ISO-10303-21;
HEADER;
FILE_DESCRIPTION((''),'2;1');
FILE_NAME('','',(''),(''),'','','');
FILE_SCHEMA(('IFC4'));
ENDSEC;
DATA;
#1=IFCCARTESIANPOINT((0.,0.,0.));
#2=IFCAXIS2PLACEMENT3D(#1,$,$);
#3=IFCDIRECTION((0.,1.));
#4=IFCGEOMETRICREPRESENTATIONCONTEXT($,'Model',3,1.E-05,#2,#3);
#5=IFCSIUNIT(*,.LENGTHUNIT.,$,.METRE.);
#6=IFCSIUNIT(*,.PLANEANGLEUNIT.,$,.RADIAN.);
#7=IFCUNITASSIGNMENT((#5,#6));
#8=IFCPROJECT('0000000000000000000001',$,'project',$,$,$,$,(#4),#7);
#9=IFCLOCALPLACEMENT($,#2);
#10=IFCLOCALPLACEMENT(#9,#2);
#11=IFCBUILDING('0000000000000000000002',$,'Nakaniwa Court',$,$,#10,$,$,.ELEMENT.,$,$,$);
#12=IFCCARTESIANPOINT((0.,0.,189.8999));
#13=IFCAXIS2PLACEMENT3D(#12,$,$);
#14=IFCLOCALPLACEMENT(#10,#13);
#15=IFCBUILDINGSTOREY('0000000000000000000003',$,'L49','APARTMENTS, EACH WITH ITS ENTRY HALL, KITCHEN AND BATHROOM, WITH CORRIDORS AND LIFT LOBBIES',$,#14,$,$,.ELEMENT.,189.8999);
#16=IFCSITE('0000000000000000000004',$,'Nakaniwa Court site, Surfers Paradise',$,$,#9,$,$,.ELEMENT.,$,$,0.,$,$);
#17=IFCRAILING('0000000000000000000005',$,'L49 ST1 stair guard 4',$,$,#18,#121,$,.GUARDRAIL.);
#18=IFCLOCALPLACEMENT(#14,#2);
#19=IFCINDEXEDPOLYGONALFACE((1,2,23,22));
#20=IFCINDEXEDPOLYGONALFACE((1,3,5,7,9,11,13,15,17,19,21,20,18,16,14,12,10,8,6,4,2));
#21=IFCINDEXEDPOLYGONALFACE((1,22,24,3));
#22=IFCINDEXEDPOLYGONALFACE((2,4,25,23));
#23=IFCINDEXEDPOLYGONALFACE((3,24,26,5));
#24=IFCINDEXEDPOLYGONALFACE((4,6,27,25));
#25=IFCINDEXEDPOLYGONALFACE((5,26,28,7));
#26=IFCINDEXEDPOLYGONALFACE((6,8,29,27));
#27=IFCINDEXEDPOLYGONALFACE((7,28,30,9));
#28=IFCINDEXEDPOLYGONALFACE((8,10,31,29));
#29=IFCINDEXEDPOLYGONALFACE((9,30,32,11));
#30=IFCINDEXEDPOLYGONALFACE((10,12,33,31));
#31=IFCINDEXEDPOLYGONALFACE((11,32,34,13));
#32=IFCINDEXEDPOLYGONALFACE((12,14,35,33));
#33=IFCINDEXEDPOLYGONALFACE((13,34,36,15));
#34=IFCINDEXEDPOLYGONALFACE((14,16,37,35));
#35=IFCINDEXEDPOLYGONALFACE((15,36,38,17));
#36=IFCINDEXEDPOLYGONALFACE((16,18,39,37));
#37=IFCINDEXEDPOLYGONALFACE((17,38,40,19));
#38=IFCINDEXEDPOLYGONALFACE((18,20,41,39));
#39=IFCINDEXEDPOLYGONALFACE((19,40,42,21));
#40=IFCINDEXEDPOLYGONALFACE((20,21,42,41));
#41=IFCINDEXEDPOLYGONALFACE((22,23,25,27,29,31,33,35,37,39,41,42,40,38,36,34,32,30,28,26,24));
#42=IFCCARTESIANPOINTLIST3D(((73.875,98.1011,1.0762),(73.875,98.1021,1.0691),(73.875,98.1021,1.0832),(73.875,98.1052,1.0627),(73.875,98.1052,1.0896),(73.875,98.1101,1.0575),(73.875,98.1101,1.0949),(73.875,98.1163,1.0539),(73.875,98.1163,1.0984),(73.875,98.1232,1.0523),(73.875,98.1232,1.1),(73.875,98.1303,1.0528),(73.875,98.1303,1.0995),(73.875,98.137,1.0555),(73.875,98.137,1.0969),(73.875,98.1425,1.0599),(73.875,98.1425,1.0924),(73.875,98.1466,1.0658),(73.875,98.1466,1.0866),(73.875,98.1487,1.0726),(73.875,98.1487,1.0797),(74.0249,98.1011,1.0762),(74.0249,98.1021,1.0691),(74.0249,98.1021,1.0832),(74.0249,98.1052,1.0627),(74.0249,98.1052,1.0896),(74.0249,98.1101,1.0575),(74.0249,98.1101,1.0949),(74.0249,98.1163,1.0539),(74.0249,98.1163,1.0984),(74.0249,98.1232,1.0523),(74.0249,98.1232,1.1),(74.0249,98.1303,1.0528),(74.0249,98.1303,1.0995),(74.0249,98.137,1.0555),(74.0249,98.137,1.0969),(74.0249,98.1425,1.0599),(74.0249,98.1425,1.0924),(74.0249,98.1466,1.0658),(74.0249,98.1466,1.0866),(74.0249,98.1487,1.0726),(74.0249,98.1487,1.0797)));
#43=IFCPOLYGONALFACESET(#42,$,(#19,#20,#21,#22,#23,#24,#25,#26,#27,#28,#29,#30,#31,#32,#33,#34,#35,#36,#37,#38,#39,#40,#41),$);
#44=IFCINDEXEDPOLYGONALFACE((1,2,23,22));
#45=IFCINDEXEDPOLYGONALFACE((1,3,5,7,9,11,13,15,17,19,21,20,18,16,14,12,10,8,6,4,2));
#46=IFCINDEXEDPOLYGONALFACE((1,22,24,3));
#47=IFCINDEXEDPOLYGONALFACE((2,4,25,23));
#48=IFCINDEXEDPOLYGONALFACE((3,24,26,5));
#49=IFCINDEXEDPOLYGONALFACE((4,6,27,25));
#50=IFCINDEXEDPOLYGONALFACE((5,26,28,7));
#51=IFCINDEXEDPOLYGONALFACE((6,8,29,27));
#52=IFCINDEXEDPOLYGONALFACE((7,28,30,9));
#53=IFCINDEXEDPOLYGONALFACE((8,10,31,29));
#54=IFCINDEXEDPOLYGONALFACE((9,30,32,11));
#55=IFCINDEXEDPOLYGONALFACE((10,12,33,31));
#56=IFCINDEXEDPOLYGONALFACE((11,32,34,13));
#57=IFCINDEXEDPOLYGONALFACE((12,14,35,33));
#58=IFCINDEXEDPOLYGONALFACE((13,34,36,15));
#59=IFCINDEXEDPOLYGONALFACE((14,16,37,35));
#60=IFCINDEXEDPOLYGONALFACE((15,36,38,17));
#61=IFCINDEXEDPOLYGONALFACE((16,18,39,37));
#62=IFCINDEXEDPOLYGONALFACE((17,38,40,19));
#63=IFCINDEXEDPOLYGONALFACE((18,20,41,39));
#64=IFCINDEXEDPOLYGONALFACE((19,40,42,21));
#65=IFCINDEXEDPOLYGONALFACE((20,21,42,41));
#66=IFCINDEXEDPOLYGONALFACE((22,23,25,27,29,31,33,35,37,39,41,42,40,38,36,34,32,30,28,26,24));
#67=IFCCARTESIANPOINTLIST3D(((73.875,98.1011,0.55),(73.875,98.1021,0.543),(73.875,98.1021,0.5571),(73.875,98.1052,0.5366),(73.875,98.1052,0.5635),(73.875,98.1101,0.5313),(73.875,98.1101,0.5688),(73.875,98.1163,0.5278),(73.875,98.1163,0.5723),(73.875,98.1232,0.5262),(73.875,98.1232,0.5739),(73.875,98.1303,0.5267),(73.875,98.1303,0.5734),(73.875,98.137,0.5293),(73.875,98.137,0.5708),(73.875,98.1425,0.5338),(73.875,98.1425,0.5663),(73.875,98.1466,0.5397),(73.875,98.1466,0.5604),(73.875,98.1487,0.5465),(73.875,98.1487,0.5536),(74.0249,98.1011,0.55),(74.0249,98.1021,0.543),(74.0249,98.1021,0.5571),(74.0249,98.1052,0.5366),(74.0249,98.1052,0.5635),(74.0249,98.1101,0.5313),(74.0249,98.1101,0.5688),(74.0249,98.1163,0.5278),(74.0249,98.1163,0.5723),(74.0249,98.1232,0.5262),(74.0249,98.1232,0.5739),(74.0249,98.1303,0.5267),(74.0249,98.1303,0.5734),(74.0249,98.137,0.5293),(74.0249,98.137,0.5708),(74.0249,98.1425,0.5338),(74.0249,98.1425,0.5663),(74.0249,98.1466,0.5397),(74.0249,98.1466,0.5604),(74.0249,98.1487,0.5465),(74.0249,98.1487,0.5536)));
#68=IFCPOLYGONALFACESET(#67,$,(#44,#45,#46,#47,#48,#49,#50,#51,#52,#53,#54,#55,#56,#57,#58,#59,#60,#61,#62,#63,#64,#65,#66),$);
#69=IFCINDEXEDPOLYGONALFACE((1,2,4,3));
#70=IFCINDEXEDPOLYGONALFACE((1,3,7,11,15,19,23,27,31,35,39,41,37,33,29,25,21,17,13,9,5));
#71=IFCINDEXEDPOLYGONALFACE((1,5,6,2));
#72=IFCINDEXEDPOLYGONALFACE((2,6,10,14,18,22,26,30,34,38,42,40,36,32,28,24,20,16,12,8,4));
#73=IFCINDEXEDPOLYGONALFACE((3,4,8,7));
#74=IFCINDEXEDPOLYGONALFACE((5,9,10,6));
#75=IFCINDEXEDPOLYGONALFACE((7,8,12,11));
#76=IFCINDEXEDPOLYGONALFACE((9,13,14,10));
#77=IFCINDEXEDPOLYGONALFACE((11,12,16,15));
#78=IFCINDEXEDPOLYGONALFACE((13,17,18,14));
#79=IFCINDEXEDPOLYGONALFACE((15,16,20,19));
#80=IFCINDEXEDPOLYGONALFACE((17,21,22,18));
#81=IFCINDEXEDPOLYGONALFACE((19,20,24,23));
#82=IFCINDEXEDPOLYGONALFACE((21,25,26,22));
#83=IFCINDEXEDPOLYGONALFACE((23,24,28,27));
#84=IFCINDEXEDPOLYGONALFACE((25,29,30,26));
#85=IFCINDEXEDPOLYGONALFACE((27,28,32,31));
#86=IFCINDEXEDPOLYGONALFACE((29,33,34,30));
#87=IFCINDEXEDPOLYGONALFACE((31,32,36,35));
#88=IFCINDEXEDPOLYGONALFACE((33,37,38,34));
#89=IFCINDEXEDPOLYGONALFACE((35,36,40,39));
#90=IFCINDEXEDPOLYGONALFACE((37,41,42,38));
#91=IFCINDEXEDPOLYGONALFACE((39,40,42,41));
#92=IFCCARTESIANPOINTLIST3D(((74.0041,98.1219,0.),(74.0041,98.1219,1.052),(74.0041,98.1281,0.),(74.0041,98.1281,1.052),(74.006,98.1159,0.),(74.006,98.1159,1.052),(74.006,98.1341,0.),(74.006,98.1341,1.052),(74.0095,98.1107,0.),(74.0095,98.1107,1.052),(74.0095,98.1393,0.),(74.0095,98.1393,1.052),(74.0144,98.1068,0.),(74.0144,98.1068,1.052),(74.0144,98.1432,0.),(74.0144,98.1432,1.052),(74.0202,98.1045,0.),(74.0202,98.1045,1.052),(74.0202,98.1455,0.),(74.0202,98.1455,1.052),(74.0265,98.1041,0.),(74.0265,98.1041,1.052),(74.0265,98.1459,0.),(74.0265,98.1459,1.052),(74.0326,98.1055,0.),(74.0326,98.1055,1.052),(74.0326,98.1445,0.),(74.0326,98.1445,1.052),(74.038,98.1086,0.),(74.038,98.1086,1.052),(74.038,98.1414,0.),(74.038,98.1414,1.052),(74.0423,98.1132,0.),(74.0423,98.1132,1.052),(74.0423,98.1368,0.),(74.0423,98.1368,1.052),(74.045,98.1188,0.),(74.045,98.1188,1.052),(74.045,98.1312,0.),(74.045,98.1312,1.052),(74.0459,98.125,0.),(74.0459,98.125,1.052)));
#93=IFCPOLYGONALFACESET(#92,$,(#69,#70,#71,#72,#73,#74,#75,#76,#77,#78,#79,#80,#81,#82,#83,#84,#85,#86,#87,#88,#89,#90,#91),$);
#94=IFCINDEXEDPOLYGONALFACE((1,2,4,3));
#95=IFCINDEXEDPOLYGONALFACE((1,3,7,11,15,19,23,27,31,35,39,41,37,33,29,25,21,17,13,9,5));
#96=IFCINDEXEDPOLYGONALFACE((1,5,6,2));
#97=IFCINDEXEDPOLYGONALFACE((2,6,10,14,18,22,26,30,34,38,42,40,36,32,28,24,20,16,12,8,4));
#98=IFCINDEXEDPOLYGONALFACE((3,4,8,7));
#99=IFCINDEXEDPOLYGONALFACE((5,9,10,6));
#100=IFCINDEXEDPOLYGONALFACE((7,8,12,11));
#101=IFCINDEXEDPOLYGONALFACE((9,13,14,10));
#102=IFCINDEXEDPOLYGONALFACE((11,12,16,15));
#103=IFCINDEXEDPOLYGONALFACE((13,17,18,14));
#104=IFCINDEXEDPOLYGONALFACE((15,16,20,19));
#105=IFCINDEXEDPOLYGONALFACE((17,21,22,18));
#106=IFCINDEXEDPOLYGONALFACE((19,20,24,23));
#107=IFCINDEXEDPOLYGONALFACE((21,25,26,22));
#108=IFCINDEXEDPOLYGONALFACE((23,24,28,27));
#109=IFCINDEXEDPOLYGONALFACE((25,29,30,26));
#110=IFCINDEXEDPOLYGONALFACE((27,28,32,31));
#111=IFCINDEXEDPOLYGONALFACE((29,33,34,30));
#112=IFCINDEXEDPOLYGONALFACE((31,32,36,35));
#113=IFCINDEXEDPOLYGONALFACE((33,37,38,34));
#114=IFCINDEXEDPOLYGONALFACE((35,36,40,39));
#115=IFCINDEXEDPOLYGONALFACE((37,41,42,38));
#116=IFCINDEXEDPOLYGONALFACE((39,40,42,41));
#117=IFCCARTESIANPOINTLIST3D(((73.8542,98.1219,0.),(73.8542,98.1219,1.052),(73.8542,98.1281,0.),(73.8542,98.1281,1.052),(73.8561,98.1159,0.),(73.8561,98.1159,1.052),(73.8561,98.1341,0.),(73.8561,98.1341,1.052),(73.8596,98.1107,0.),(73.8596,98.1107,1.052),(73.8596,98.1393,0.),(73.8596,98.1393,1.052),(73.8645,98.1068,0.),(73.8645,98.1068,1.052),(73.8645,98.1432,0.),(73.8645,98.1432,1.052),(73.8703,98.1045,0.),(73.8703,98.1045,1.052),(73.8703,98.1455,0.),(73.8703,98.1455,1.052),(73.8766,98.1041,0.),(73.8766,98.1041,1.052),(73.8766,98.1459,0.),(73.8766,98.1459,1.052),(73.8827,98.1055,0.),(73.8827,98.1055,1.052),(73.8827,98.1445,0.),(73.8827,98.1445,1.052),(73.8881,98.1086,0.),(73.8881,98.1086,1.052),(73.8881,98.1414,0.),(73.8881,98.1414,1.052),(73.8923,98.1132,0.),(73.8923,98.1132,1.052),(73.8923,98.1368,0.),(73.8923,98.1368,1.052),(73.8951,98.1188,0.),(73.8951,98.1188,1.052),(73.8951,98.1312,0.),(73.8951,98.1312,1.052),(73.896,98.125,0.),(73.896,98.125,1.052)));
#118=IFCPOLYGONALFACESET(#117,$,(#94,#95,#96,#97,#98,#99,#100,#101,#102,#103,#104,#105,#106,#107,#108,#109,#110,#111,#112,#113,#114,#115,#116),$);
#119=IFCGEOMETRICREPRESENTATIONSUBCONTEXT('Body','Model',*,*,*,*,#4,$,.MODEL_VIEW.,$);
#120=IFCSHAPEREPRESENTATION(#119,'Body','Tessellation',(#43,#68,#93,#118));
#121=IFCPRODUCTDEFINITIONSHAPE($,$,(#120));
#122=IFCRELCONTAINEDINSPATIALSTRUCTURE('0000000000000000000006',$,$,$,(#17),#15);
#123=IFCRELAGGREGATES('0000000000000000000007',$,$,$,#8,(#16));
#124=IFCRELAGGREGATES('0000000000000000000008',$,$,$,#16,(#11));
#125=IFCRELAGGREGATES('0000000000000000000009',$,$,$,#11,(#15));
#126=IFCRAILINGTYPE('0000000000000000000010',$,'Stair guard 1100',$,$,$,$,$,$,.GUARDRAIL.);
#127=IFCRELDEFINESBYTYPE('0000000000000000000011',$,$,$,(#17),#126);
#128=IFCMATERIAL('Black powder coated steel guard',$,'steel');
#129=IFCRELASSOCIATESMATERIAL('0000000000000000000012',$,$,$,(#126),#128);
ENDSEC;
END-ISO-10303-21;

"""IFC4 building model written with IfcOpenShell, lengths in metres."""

from ifc_helpers import new_model, si_unit, direction, frame, origin, origin_2d, place, context, subcontext, project, spatial, circle, extrude, material, type_object, element, save


model = new_model("IFC4")

# Units and contexts
model_context = context("Model", 3, precision=1e-05, world=origin(), true_north=direction((0.0, 1.0)))
body_context = subcontext(model_context, "Body", "Model", "MODEL_VIEW")
ifc_project = project(units=[si_unit("LENGTHUNIT", "METRE"), si_unit("PLANEANGLEUNIT", "RADIAN")], contexts=[model_context])

# Site, building, storey
site_placement = place(None, origin())
site = spatial("IfcSite", under=ifc_project, at=site_placement, Name="Nakaniwa Court site, Surfers Paradise", CompositionType="ELEMENT", RefElevation=0.0)
building_placement = place(site_placement, origin())
building = spatial("IfcBuilding", under=site, at=building_placement, Name="Nakaniwa Court", CompositionType="ELEMENT")
storey_placement = place(building_placement, frame((0.0, 0.0, 189.8999)))
storey = spatial("IfcBuildingStorey", under=building, at=storey_placement, Name="L49", Description="APARTMENTS, EACH WITH ITS ENTRY HALL, KITCHEN AND BATHROOM, WITH CORRIDORS AND LIFT LOBBIES", CompositionType="ELEMENT", Elevation=189.8999)

# Railing
ifc_material_1 = material(Name="Black powder coated steel guard", Category="steel")
railing_type_1 = type_object("IfcRailingType", Name="Stair guard 1100", PredefinedType="GUARDRAIL", material=ifc_material_1)
railing_1_placement = place(storey_placement, frame((74.0249, 98.125, 0.0)))
element("IfcRailing", 1, at=railing_1_placement, inside=storey, type_object=railing_type_1, Name="L49 ST1 stair guard 4", PredefinedType="GUARDRAIL", context=body_context, shape_type="SweptSolid", body=[
    extrude(circle(Radius=0.0239, at=origin_2d()), frame((0.0, 0.0, 1.0762), z_axis=(-1.0, 0.0, 0.0), x_axis=(0.0, -1.0, 0.0)), (0.0, 0.0, 1.0), 0.1499),
    extrude(circle(Radius=0.0239, at=origin_2d()), frame((0.0, 0.0, 0.55), z_axis=(-1.0, 0.0, 0.0), x_axis=(0.0, -1.0, 0.0)), (0.0, 0.0, 1.0), 0.1499),
    extrude(circle(Radius=0.021, at=origin_2d()), origin(), (0.0, 0.0, 1.0), 1.052),
    extrude(circle(Radius=0.021, at=origin_2d()), frame((-0.1499, 0.0, 0.0)), (0.0, 0.0, 1.0), 1.052),
])

save(model, "model.ifc")
